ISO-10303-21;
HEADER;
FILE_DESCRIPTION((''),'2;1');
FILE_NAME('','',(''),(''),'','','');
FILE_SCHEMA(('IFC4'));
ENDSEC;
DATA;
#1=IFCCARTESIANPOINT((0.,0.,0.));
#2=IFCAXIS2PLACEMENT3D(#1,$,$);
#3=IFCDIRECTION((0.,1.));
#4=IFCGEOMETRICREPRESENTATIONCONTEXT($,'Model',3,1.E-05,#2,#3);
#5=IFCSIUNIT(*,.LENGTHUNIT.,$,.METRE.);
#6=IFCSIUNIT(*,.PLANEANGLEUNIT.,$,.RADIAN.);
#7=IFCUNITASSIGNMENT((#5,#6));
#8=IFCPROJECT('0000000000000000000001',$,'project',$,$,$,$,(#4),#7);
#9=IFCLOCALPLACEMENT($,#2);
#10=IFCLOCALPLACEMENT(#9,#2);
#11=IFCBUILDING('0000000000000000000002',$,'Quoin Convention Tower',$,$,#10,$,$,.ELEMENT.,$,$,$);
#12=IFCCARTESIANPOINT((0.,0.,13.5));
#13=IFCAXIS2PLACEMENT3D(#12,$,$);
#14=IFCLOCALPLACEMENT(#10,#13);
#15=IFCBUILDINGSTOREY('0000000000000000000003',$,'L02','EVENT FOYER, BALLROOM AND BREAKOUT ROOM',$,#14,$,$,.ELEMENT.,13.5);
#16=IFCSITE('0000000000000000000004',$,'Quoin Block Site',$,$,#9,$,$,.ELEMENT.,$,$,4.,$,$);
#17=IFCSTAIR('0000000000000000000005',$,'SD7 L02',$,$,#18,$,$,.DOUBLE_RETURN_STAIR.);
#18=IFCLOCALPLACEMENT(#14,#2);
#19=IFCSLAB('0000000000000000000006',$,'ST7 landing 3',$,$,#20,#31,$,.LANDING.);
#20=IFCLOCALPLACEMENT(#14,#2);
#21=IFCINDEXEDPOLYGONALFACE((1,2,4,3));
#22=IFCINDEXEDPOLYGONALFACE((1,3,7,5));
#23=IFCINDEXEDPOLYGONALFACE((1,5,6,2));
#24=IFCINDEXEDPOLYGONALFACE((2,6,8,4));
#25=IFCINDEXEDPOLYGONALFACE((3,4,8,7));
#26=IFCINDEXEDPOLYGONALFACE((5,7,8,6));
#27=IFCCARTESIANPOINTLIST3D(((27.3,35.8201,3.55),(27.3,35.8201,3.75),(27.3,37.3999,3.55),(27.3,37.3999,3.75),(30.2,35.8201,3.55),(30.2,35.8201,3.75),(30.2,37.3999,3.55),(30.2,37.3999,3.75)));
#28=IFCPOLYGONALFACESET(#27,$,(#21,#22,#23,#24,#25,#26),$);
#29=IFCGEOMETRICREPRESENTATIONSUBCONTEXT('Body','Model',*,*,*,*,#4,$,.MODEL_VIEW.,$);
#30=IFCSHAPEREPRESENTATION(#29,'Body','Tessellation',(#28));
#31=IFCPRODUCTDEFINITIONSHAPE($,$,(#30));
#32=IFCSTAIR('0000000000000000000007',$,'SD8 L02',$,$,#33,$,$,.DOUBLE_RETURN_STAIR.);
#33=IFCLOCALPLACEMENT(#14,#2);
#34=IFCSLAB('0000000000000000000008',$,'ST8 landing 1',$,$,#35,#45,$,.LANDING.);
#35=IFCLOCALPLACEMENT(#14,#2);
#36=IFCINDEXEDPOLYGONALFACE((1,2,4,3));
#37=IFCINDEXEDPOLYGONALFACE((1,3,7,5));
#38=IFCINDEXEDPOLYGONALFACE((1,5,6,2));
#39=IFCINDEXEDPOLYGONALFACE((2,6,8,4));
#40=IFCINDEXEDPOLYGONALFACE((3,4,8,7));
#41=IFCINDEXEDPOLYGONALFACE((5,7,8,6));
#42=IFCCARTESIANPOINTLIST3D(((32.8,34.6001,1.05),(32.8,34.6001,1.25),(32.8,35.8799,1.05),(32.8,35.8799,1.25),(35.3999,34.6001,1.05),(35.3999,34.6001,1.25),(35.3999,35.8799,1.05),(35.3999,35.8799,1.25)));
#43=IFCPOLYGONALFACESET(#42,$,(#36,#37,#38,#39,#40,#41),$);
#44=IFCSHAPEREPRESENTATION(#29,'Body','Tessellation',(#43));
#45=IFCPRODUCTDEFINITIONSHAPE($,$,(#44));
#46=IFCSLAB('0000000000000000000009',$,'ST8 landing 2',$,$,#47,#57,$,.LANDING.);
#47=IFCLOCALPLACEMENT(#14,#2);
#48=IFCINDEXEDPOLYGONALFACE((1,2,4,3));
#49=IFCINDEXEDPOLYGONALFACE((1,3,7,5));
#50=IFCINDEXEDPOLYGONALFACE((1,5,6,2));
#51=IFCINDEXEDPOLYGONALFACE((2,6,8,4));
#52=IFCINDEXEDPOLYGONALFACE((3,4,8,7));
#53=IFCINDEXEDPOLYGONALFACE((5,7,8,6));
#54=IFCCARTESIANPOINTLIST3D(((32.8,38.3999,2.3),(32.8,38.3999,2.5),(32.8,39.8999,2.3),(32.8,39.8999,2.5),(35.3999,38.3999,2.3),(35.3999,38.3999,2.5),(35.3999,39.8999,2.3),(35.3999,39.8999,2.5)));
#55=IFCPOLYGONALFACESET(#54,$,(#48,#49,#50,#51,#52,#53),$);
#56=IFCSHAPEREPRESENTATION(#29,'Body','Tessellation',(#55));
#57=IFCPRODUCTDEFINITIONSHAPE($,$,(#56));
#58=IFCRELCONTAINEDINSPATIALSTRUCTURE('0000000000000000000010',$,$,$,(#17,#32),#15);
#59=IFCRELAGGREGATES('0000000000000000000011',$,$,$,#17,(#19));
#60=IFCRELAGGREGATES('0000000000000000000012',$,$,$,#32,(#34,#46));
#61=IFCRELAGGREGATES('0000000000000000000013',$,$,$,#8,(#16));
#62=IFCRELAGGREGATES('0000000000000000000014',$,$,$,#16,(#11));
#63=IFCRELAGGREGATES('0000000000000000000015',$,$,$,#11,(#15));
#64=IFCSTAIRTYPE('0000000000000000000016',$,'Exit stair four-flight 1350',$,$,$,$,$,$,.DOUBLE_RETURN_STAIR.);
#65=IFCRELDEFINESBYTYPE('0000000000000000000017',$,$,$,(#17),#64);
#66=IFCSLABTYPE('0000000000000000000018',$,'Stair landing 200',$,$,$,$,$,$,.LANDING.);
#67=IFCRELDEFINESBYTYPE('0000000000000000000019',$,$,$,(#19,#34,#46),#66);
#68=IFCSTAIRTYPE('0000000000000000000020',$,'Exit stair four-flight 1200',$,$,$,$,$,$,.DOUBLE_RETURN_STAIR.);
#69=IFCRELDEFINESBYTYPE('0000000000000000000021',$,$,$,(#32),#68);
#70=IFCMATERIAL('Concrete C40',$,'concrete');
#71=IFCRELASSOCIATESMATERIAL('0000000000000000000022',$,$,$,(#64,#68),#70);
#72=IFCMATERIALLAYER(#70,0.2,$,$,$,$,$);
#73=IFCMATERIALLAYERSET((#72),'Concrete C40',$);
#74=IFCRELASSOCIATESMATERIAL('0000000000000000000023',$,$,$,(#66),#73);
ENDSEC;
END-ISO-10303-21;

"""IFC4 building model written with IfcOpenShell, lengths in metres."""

from ifc_helpers import new_model, si_unit, direction, frame, origin, place, context, subcontext, project, spatial, polyline, outline, extrude, material, layer, layer_set, type_object, element, aggregate, save


model = new_model("IFC4")

# Units and contexts
model_context = context("Model", 3, precision=1e-05, world=origin(), true_north=direction((0.0, 1.0)))
body_context = subcontext(model_context, "Body", "Model", "MODEL_VIEW")
ifc_project = project(units=[si_unit("LENGTHUNIT", "METRE"), si_unit("PLANEANGLEUNIT", "RADIAN")], contexts=[model_context])

# Site, building, storey
site_placement = place(None, origin())
site = spatial("IfcSite", under=ifc_project, at=site_placement, Name="Quoin Block Site", CompositionType="ELEMENT", RefElevation=4.0)
building_placement = place(site_placement, origin())
building = spatial("IfcBuilding", under=site, at=building_placement, Name="Quoin Convention Tower", CompositionType="ELEMENT")
storey_placement = place(building_placement, frame((0.0, 0.0, 13.5)))
storey = spatial("IfcBuildingStorey", under=building, at=storey_placement, Name="L02", Description="EVENT FOYER, BALLROOM AND BREAKOUT ROOM", CompositionType="ELEMENT", Elevation=13.5)

# Stairs, slabs
ifc_material_1 = material(Name="Concrete C40", Category="concrete")
stair_type_1 = type_object("IfcStairType", Name="Exit stair four-flight 1350", PredefinedType="DOUBLE_RETURN_STAIR", material=ifc_material_1)
ifc_layer_1 = layer(ifc_material_1, 0.2)
ifc_layer_set_1 = layer_set([ifc_layer_1], Name="Concrete C40")
slab_type_1 = type_object("IfcSlabType", Name="Stair landing 200", PredefinedType="LANDING", material=ifc_layer_set_1)
stair_type_2 = type_object("IfcStairType", Name="Exit stair four-flight 1200", PredefinedType="DOUBLE_RETURN_STAIR", material=ifc_material_1)
stair_1_placement = place(storey_placement, origin())
stair_1 = element("IfcStair", 1, at=stair_1_placement, inside=storey, type_object=stair_type_1, Name="SD7 L02", PredefinedType="DOUBLE_RETURN_STAIR")
slab_1_placement = place(storey_placement, frame((0.0, 0.0, 3.55)))
slab_1 = element("IfcSlab", 2, at=slab_1_placement, type_object=slab_type_1, Name="ST7 landing 3", PredefinedType="LANDING", context=body_context, shape_type="SweptSolid", body=[
    extrude(outline(polyline([(27.3, 35.8201), (30.2, 35.8201), (30.2, 37.3999), (27.3, 37.3999), (27.3, 35.8201)])), origin(), (0.0, 0.0, 1.0), 0.2),
])
aggregate(stair_1, [slab_1])
stair_2_placement = place(storey_placement, origin())
stair_2 = element("IfcStair", 3, at=stair_2_placement, inside=storey, type_object=stair_type_2, Name="SD8 L02", PredefinedType="DOUBLE_RETURN_STAIR")
slab_2_placement = place(storey_placement, frame((0.0, 0.0, 1.05)))
slab_2 = element("IfcSlab", 4, at=slab_2_placement, type_object=slab_type_1, Name="ST8 landing 1", PredefinedType="LANDING", context=body_context, shape_type="SweptSolid", body=[
    extrude(outline(polyline([(35.3999, 35.8799), (32.8, 35.8799), (32.8, 34.6001), (35.3999, 34.6001), (35.3999, 35.8799)])), origin(), (0.0, 0.0, 1.0), 0.2),
])
slab_3_placement = place(storey_placement, frame((0.0, 0.0, 2.3)))
slab_3 = element("IfcSlab", 5, at=slab_3_placement, type_object=slab_type_1, Name="ST8 landing 2", PredefinedType="LANDING", context=body_context, shape_type="SweptSolid", body=[
    extrude(outline(polyline([(35.3999, 39.8999), (32.8, 39.8999), (32.8, 38.3999), (35.3999, 38.3999), (35.3999, 39.8999)])), origin(), (0.0, 0.0, 1.0), 0.2),
])
aggregate(stair_2, [slab_2, slab_3])

save(model, "model.ifc")
